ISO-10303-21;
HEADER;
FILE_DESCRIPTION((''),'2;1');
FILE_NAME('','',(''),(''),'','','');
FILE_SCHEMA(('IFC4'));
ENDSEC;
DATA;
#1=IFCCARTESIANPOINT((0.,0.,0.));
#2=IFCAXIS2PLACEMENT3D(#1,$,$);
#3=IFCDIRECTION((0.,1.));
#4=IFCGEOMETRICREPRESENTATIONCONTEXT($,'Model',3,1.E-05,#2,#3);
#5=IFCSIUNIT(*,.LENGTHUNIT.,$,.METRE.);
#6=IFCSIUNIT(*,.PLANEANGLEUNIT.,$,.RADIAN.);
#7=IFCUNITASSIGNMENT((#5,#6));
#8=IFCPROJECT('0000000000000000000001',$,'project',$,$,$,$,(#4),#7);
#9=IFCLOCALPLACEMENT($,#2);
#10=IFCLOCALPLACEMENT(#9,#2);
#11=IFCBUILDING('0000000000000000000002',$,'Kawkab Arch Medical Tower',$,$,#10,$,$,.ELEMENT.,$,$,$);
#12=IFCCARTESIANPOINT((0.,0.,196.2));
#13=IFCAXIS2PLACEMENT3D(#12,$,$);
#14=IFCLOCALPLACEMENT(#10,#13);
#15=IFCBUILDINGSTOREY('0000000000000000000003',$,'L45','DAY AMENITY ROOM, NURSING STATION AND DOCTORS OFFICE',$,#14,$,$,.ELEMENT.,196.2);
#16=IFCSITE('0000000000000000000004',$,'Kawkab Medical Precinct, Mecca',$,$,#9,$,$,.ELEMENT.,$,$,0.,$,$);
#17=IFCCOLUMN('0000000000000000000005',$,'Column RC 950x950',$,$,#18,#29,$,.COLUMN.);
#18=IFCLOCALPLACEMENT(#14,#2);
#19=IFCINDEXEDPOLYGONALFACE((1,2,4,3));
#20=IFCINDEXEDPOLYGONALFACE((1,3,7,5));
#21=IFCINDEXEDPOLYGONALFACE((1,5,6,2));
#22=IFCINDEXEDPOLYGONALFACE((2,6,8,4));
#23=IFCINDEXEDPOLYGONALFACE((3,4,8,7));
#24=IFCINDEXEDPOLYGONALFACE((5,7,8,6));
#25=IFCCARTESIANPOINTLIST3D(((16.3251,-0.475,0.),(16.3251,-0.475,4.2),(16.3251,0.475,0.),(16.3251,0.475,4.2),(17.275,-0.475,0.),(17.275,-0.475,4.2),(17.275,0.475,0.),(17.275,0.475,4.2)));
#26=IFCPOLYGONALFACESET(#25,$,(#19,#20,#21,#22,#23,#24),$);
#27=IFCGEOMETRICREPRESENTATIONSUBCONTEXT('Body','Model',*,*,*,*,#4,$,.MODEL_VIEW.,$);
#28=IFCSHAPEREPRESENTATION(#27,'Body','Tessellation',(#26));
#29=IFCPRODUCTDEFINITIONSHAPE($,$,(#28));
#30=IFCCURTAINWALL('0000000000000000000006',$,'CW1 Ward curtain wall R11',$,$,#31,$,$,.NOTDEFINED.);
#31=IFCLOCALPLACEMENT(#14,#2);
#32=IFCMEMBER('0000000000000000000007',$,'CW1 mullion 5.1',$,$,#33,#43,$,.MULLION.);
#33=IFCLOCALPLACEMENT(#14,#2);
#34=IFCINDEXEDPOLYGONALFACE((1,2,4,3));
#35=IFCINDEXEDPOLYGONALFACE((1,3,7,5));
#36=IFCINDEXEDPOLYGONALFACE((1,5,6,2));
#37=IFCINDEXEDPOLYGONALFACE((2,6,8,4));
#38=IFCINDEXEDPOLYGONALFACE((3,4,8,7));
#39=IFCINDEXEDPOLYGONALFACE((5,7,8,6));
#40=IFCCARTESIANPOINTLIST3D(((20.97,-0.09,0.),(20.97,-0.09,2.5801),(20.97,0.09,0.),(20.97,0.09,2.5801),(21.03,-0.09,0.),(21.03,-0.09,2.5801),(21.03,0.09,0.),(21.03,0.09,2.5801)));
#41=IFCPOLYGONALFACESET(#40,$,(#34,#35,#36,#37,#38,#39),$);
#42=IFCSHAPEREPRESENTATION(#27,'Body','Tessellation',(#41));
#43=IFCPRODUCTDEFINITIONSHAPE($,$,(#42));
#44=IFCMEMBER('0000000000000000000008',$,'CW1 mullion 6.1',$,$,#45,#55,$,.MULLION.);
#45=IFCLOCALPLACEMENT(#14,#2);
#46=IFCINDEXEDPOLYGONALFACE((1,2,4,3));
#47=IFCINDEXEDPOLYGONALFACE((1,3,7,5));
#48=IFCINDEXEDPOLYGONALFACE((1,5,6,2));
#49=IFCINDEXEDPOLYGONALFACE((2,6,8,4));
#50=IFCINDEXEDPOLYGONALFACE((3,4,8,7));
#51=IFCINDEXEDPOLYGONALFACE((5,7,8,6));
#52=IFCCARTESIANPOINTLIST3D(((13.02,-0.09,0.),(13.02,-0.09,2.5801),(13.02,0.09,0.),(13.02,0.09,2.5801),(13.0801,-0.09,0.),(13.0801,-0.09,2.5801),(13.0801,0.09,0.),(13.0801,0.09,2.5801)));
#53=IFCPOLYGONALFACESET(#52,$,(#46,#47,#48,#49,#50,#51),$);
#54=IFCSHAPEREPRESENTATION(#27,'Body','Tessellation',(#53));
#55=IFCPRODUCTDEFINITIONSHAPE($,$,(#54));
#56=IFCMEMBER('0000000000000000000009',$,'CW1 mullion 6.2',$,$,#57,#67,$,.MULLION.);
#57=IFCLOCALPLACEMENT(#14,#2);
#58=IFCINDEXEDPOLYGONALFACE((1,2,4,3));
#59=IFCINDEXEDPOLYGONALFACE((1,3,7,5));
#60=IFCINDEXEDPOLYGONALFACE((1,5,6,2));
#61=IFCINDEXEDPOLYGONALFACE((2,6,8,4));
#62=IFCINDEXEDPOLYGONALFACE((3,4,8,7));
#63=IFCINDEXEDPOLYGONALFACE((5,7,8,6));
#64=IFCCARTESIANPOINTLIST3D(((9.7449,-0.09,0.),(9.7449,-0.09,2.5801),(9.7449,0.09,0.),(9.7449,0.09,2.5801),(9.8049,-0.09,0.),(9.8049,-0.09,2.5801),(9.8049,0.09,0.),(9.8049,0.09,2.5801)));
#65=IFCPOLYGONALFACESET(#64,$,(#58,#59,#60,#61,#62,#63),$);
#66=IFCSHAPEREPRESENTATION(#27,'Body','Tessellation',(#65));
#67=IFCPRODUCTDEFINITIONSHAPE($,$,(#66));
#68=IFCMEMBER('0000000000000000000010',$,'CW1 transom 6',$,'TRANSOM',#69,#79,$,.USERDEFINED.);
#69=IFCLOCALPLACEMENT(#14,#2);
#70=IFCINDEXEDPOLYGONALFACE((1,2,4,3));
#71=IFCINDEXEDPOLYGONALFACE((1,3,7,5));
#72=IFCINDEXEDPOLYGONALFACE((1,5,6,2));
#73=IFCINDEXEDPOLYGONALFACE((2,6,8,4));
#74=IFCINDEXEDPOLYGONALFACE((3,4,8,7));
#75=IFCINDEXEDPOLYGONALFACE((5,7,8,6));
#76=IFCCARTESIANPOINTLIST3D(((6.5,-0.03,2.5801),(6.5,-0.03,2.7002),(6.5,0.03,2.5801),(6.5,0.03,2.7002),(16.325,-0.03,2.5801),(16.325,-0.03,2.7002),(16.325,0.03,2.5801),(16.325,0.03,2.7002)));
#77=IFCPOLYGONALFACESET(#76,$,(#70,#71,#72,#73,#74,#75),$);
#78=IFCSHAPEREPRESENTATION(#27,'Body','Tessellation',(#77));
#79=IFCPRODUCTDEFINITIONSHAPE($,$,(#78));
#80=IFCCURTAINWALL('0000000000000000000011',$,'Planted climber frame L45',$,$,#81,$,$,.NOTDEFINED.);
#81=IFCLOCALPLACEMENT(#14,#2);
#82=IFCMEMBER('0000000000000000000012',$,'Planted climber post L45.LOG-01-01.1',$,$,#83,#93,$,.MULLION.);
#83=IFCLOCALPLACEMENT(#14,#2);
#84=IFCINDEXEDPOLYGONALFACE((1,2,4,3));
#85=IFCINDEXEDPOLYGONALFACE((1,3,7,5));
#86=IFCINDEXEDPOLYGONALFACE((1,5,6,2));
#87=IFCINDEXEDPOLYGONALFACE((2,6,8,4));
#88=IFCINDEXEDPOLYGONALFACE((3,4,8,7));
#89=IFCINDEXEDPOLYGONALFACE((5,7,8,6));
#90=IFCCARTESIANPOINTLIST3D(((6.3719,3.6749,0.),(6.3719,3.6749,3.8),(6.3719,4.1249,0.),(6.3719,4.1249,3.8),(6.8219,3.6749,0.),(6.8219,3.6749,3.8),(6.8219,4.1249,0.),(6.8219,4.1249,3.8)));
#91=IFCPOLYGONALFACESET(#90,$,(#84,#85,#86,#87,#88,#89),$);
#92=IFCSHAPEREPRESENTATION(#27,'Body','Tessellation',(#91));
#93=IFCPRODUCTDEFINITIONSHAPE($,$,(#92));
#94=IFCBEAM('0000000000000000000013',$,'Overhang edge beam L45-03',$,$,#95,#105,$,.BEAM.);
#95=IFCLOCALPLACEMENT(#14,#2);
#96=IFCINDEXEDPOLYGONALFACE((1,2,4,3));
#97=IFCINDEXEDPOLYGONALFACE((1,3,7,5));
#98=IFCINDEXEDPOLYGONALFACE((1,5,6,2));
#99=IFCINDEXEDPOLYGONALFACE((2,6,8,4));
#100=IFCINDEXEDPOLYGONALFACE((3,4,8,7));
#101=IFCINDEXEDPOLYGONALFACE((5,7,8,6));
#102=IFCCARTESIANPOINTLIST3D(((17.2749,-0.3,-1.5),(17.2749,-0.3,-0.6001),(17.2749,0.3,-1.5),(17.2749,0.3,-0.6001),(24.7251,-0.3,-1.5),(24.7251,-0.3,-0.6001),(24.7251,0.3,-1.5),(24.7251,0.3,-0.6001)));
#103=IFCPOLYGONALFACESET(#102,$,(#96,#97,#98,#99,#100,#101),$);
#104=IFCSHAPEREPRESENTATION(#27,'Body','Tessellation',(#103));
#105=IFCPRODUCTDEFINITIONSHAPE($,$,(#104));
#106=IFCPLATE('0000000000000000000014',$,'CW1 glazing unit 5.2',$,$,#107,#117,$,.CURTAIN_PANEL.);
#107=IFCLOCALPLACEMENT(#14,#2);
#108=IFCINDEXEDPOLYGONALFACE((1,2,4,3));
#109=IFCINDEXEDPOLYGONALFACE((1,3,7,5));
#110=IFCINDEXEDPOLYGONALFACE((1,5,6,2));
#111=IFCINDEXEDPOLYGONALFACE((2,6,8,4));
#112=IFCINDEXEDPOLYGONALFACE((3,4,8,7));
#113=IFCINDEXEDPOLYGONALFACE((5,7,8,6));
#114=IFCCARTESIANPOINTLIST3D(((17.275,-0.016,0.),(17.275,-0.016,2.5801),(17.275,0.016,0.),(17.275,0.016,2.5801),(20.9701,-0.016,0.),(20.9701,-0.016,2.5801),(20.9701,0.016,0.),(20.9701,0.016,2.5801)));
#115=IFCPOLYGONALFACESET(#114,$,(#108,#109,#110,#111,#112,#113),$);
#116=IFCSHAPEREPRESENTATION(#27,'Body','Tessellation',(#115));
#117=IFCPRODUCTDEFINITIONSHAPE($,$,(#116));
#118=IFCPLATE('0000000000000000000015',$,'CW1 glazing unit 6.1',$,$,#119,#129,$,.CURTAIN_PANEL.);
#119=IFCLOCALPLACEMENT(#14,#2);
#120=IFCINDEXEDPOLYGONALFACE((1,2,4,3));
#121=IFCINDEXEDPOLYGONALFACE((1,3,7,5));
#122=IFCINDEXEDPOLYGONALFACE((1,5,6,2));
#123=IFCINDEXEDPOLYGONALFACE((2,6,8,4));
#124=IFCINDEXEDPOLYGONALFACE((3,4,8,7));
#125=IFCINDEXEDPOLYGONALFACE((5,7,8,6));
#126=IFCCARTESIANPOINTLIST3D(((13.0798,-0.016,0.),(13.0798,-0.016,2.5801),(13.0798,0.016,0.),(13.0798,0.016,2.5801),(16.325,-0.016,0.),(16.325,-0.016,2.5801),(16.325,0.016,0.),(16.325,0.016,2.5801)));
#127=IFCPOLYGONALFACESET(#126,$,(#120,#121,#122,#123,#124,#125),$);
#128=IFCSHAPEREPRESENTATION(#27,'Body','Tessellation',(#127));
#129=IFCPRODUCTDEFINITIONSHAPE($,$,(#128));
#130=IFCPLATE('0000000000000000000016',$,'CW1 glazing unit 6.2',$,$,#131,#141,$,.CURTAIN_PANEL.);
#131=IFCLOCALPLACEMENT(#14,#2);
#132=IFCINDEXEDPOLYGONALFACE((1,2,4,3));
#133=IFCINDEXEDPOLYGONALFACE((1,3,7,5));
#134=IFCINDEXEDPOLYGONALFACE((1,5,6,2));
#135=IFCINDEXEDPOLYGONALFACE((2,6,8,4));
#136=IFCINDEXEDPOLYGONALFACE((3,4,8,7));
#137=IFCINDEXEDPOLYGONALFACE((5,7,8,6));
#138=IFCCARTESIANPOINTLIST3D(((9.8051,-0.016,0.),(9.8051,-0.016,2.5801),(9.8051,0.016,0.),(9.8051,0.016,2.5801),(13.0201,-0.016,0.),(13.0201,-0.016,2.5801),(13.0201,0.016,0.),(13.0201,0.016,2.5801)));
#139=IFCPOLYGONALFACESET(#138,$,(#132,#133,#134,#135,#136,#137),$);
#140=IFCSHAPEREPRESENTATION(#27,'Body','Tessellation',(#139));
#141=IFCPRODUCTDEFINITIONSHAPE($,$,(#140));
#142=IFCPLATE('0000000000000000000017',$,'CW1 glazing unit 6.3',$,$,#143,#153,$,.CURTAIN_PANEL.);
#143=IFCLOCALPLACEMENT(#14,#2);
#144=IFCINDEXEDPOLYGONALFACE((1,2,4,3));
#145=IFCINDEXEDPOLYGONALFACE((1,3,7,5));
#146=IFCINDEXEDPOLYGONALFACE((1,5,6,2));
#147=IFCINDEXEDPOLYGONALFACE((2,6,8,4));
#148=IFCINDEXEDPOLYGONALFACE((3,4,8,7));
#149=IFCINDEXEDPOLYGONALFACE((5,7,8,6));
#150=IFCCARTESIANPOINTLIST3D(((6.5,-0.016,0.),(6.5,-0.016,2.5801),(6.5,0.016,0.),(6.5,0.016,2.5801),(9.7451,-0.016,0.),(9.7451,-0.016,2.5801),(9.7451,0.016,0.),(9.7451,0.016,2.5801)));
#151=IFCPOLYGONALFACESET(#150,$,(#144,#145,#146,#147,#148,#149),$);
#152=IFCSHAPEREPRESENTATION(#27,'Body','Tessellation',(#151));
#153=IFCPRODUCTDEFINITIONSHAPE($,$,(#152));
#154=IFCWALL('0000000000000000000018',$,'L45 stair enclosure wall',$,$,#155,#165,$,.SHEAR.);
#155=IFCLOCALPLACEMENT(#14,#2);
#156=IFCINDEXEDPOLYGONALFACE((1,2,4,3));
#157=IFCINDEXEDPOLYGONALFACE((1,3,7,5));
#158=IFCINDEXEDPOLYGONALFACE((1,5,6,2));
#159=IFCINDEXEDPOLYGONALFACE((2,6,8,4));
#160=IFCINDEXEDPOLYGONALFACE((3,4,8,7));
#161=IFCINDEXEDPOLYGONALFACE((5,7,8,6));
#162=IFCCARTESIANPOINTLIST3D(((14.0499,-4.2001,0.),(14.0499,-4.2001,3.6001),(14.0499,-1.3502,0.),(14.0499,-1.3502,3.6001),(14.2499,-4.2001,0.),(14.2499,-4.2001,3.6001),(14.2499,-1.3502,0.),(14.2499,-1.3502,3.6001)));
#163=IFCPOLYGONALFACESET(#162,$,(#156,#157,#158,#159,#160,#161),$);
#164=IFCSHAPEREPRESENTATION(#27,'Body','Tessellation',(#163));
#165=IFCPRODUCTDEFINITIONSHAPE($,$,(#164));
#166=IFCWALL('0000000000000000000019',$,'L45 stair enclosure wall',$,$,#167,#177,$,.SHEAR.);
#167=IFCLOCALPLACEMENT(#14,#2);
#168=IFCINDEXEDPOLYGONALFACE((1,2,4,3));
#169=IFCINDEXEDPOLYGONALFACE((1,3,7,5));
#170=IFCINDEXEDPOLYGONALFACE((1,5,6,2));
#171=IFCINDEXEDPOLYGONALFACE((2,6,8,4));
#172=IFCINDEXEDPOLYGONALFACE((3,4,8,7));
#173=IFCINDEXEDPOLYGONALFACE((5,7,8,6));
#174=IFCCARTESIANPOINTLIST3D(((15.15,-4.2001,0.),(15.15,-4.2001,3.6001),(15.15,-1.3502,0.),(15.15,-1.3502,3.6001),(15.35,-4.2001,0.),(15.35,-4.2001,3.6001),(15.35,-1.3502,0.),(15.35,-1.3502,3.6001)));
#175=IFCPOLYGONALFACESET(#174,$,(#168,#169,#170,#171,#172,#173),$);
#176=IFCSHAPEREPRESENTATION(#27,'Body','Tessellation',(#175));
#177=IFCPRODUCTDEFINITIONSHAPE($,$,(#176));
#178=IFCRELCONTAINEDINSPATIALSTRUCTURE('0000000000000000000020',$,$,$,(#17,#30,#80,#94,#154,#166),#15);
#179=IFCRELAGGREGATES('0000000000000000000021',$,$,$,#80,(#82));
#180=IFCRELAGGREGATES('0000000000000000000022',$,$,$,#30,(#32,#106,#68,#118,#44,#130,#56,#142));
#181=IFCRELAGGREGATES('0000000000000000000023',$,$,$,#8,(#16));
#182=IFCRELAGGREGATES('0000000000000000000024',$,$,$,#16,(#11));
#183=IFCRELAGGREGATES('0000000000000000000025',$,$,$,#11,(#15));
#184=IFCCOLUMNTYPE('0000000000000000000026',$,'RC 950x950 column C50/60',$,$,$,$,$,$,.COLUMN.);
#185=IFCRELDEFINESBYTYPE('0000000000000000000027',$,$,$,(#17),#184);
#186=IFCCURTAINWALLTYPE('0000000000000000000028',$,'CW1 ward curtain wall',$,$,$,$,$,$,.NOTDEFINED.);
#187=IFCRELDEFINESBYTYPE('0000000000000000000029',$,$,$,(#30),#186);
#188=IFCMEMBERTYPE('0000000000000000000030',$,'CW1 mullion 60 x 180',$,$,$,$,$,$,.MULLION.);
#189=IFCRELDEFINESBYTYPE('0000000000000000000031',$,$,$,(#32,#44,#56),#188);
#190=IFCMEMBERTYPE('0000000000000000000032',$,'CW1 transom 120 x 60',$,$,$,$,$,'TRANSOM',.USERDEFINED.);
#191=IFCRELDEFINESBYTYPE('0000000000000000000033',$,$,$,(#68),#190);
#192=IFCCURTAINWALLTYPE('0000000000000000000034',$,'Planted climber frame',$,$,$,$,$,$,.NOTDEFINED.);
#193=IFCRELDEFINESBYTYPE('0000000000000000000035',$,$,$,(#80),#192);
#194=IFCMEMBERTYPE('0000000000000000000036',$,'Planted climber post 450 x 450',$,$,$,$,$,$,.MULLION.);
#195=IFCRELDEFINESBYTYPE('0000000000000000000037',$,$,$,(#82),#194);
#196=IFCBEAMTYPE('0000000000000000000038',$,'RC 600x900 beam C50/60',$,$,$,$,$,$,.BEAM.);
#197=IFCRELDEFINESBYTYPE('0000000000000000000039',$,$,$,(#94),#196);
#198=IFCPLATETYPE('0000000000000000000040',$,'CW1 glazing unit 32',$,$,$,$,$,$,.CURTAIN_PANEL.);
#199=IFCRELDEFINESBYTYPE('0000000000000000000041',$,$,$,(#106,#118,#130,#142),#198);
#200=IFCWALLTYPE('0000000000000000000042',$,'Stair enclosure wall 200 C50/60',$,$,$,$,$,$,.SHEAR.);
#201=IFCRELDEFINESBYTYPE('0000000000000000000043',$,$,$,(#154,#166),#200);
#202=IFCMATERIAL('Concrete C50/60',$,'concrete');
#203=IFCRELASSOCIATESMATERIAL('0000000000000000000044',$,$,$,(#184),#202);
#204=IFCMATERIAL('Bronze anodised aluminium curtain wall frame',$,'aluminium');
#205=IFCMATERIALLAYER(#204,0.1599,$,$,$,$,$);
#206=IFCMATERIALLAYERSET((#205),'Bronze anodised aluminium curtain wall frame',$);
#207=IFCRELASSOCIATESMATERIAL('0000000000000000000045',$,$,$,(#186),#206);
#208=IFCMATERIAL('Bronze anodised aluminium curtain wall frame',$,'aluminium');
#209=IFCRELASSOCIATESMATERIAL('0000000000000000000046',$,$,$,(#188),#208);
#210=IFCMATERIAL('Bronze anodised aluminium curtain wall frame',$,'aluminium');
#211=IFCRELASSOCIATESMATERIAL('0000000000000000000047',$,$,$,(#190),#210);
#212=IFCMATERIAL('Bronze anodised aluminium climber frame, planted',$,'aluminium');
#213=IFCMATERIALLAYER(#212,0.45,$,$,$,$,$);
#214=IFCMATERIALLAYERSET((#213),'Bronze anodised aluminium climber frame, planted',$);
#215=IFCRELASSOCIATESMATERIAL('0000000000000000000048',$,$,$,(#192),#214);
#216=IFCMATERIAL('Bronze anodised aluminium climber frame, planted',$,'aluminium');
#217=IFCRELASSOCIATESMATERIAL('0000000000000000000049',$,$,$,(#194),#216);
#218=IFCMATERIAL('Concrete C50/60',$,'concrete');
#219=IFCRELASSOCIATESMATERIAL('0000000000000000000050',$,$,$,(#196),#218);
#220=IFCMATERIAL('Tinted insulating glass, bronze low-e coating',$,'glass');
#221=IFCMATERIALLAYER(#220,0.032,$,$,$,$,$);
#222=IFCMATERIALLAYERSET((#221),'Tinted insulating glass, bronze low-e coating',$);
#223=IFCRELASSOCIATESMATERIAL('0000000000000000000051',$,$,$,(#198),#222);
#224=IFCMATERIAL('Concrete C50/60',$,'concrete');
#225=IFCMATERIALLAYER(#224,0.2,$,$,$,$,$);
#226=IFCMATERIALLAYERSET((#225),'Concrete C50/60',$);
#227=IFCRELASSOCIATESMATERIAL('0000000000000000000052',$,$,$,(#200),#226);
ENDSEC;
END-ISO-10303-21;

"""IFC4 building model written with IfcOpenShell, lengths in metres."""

from ifc_helpers import new_model, si_unit, direction, frame, frame_2d, origin, origin_2d, place, context, subcontext, project, spatial, rectangle, extrude, material, layer, layer_set, material_profile, profile_set, type_object, element, aggregate, save


model = new_model("IFC4")

# Units and contexts
model_context = context("Model", 3, precision=1e-05, world=origin(), true_north=direction((0.0, 1.0)))
body_context = subcontext(model_context, "Body", "Model", "MODEL_VIEW")
ifc_project = project(units=[si_unit("LENGTHUNIT", "METRE"), si_unit("PLANEANGLEUNIT", "RADIAN")], contexts=[model_context])

# Site, building, storey
site_placement = place(None, origin())
site = spatial("IfcSite", under=ifc_project, at=site_placement, Name="Kawkab Medical Precinct, Mecca", CompositionType="ELEMENT", RefElevation=0.0)
building_placement = place(site_placement, origin())
building = spatial("IfcBuilding", under=site, at=building_placement, Name="Kawkab Arch Medical Tower", CompositionType="ELEMENT")
storey_placement = place(building_placement, frame((0.0, 0.0, 196.2)))
storey = spatial("IfcBuildingStorey", under=building, at=storey_placement, Name="L45", Description="DAY AMENITY ROOM, NURSING STATION AND DOCTORS OFFICE", CompositionType="ELEMENT", Elevation=196.2)

# Column
ifc_material_1 = material(Name="Concrete C50/60", Category="concrete")
ifc_material_profile_1 = material_profile(ifc_material_1, rectangle(XDim=0.95, YDim=0.95, at=origin_2d()), Name="RC 950x950")
ifc_profile_set_1 = profile_set([ifc_material_profile_1], Name="Concrete C50/60")
column_type = type_object("IfcColumnType", Name="RC 950x950 column C50/60", PredefinedType="COLUMN", material=ifc_profile_set_1)
column_placement = place(storey_placement, frame((16.8, 0.0, 0.0), z_axis=(0.0, 0.0, 1.0), x_axis=(1.0, 0.0, 0.0)))
element("IfcColumn", 1, at=column_placement, inside=storey, type_object=column_type, Name="Column RC 950x950", PredefinedType="COLUMN", context=body_context, shape_type="SweptSolid", body=[
    extrude(rectangle(XDim=0.95, YDim=0.95, at=origin_2d()), origin(), (0.0, 0.0, 1.0), 4.2),
])

# Curtain wall, members
ifc_material_2 = material(Name="Bronze anodised aluminium curtain wall frame", Category="aluminium")
ifc_layer_1 = layer(ifc_material_2, 0.1599)
ifc_layer_set_1 = layer_set([ifc_layer_1], Name="Bronze anodised aluminium curtain wall frame")
curtain_wall_type_1 = type_object("IfcCurtainWallType", Name="CW1 ward curtain wall", PredefinedType="NOTDEFINED", material=ifc_layer_set_1)
placement = place(storey_placement, origin())
curtain_wall_1 = element("IfcCurtainWall", 2, at=placement, inside=storey, type_object=curtain_wall_type_1, Name="CW1 Ward curtain wall R11", PredefinedType="NOTDEFINED")
ifc_material_3 = material(Name="Bronze anodised aluminium curtain wall frame", Category="aluminium")
ifc_material_profile_2 = material_profile(ifc_material_3, rectangle(XDim=0.1799, YDim=0.0601, at=origin_2d()), Name="AL 60x180")
ifc_profile_set_2 = profile_set([ifc_material_profile_2], Name="Bronze anodised aluminium curtain wall frame")
member_type_1 = type_object("IfcMemberType", Name="CW1 mullion 60 x 180", PredefinedType="MULLION", material=ifc_profile_set_2)
member_1_placement = place(storey_placement, frame((21.0, 0.0, 0.0), z_axis=(0.0, 0.0, 1.0), x_axis=(0.0, -1.0, 0.0)))
member_1 = element("IfcMember", 3, at=member_1_placement, type_object=member_type_1, Name="CW1 mullion 5.1", PredefinedType="MULLION", context=body_context, shape_type="SweptSolid", body=[
    extrude(rectangle(XDim=0.1799, YDim=0.0601, at=origin_2d()), origin(), (0.0, 0.0, 1.0), 2.5801),
])
member_2_placement = place(storey_placement, frame((13.05, 0.0, 0.0), z_axis=(0.0, 0.0, 1.0), x_axis=(0.0, -1.0, 0.0)))
member_2 = element("IfcMember", 4, at=member_2_placement, type_object=member_type_1, Name="CW1 mullion 6.1", PredefinedType="MULLION", context=body_context, shape_type="SweptSolid", body=[
    extrude(rectangle(XDim=0.1799, YDim=0.0601, at=origin_2d()), origin(), (0.0, 0.0, 1.0), 2.5801),
])
member_3_placement = place(storey_placement, frame((9.7749, 0.0, 0.0), z_axis=(0.0, 0.0, 1.0), x_axis=(0.0, -1.0, 0.0)))
member_3 = element("IfcMember", 5, at=member_3_placement, type_object=member_type_1, Name="CW1 mullion 6.2", PredefinedType="MULLION", context=body_context, shape_type="SweptSolid", body=[
    extrude(rectangle(XDim=0.1799, YDim=0.0601, at=origin_2d()), origin(), (0.0, 0.0, 1.0), 2.5801),
])
ifc_material_4 = material(Name="Bronze anodised aluminium curtain wall frame", Category="aluminium")
ifc_material_profile_3 = material_profile(ifc_material_4, rectangle(XDim=0.0601, YDim=0.1201, at=origin_2d()), Name="AL 60x120")
ifc_profile_set_3 = profile_set([ifc_material_profile_3], Name="Bronze anodised aluminium curtain wall frame")
member_type_2 = type_object("IfcMemberType", Name="CW1 transom 120 x 60", ElementType="TRANSOM", PredefinedType="USERDEFINED", material=ifc_profile_set_3)
member_4_placement = place(storey_placement, frame((16.325, 0.0, 2.6401), z_axis=(-1.0, 0.0, 0.0), x_axis=(0.0, -1.0, 0.0)))
member_4 = element("IfcMember", 6, at=member_4_placement, type_object=member_type_2, Name="CW1 transom 6", ObjectType="TRANSOM", PredefinedType="USERDEFINED", context=body_context, shape_type="SweptSolid", body=[
    extrude(rectangle(XDim=0.0601, YDim=0.1201, at=origin_2d()), origin(), (0.0, 0.0, 1.0), 9.825),
])

# Curtain wall, member
ifc_material_5 = material(Name="Bronze anodised aluminium climber frame, planted", Category="aluminium")
ifc_layer_2 = layer(ifc_material_5, 0.45)
ifc_layer_set_2 = layer_set([ifc_layer_2], Name="Bronze anodised aluminium climber frame, planted")
curtain_wall_type_2 = type_object("IfcCurtainWallType", Name="Planted climber frame", PredefinedType="NOTDEFINED", material=ifc_layer_set_2)
curtain_wall_2 = element("IfcCurtainWall", 7, at=placement, inside=storey, type_object=curtain_wall_type_2, Name="Planted climber frame L45", PredefinedType="NOTDEFINED")
ifc_material_6 = material(Name="Bronze anodised aluminium climber frame, planted", Category="aluminium")
ifc_material_profile_4 = material_profile(ifc_material_6, rectangle(XDim=0.45, YDim=0.45, at=origin_2d()), Name="Post 450x450")
ifc_profile_set_4 = profile_set([ifc_material_profile_4], Name="Bronze anodised aluminium climber frame, planted")
member_type_3 = type_object("IfcMemberType", Name="Planted climber post 450 x 450", PredefinedType="MULLION", material=ifc_profile_set_4)
member_5_placement = place(storey_placement, frame((6.5969, 3.8999, 0.0), z_axis=(0.0, 0.0, 1.0), x_axis=(1.0, 0.0, 0.0)))
member_5 = element("IfcMember", 8, at=member_5_placement, type_object=member_type_3, Name="Planted climber post L45.LOG-01-01.1", PredefinedType="MULLION", context=body_context, shape_type="SweptSolid", body=[
    extrude(rectangle(XDim=0.45, YDim=0.45, at=origin_2d()), origin(), (0.0, 0.0, 1.0), 3.8),
])
aggregate(curtain_wall_2, [member_5])

# Beam
ifc_material_7 = material(Name="Concrete C50/60", Category="concrete")
ifc_material_profile_5 = material_profile(ifc_material_7, rectangle(XDim=0.6001, YDim=0.8999, at=origin_2d()), Name="RC 600x900")
ifc_profile_set_5 = profile_set([ifc_material_profile_5], Name="Concrete C50/60")
beam_type = type_object("IfcBeamType", Name="RC 600x900 beam C50/60", PredefinedType="BEAM", material=ifc_profile_set_5)
beam_placement = place(storey_placement, frame((17.2749, 0.0, -1.05), z_axis=(1.0, 0.0, 0.0), x_axis=(0.0, 1.0, 0.0)))
element("IfcBeam", 9, at=beam_placement, inside=storey, type_object=beam_type, Name="Overhang edge beam L45-03", PredefinedType="BEAM", context=body_context, shape_type="SweptSolid", body=[
    extrude(rectangle(XDim=0.6001, YDim=0.8999, at=origin_2d()), origin(), (0.0, 0.0, 1.0), 7.4502),
])

# Plates
ifc_material_8 = material(Name="Tinted insulating glass, bronze low-e coating", Category="glass")
ifc_layer_3 = layer(ifc_material_8, 0.032)
ifc_layer_set_3 = layer_set([ifc_layer_3], Name="Tinted insulating glass, bronze low-e coating")
plate_type = type_object("IfcPlateType", Name="CW1 glazing unit 32", PredefinedType="CURTAIN_PANEL", material=ifc_layer_set_3)
plate_1_placement = place(storey_placement, frame((19.1226, 0.0, 0.0), z_axis=(0.0, 0.0, 1.0), x_axis=(-1.0, 0.0, 0.0)))
plate_1 = element("IfcPlate", 10, at=plate_1_placement, type_object=plate_type, Name="CW1 glazing unit 5.2", PredefinedType="CURTAIN_PANEL", context=body_context, shape_type="SweptSolid", body=[
    extrude(rectangle(XDim=3.6951, YDim=0.032, at=origin_2d()), origin(), (0.0, 0.0, 1.0), 2.5801),
])
plate_2_placement = place(storey_placement, frame((14.7024, 0.0, 0.0), z_axis=(0.0, 0.0, 1.0), x_axis=(-1.0, 0.0, 0.0)))
plate_2 = element("IfcPlate", 11, at=plate_2_placement, type_object=plate_type, Name="CW1 glazing unit 6.1", PredefinedType="CURTAIN_PANEL", context=body_context, shape_type="SweptSolid", body=[
    extrude(rectangle(XDim=3.2451, YDim=0.032, at=origin_2d()), origin(), (0.0, 0.0, 1.0), 2.5801),
])
plate_3_placement = place(storey_placement, frame((11.4126, 0.0, 0.0), z_axis=(0.0, 0.0, 1.0), x_axis=(-1.0, 0.0, 0.0)))
plate_3 = element("IfcPlate", 12, at=plate_3_placement, type_object=plate_type, Name="CW1 glazing unit 6.2", PredefinedType="CURTAIN_PANEL", context=body_context, shape_type="SweptSolid", body=[
    extrude(rectangle(XDim=3.2151, YDim=0.032, at=origin_2d()), origin(), (0.0, 0.0, 1.0), 2.5801),
])
plate_4_placement = place(storey_placement, frame((8.1226, 0.0, 0.0), z_axis=(0.0, 0.0, 1.0), x_axis=(-1.0, 0.0, 0.0)))
plate_4 = element("IfcPlate", 13, at=plate_4_placement, type_object=plate_type, Name="CW1 glazing unit 6.3", PredefinedType="CURTAIN_PANEL", context=body_context, shape_type="SweptSolid", body=[
    extrude(rectangle(XDim=3.2451, YDim=0.032, at=origin_2d()), origin(), (0.0, 0.0, 1.0), 2.5801),
])
aggregate(curtain_wall_1, [member_1, plate_1, member_4, plate_2, member_2, plate_3, member_3, plate_4])

# Walls
ifc_material_9 = material(Name="Concrete C50/60", Category="concrete")
ifc_layer_4 = layer(ifc_material_9, 0.2)
ifc_layer_set_4 = layer_set([ifc_layer_4], Name="Concrete C50/60")
wall_type_1 = type_object("IfcWallType", Name="Stair enclosure wall 200 C50/60", PredefinedType="SHEAR", material=ifc_layer_set_4)
for number, where, z_axis, x_axis, name in (
    (14, (14.1499, -4.2, 0.0), (0.0, 0.0, 1.0), (0.0, 1.0, 0.0), "L45 stair enclosure wall"),
    (15, (15.25, -4.2, 0.0), (0.0, 0.0, 1.0), (0.0, 1.0, 0.0), "L45 stair enclosure wall"),
):
    element("IfcWall", number, at=place(storey_placement, frame(where, z_axis=z_axis, x_axis=x_axis)), inside=storey, type_object=wall_type_1, Name=name, PredefinedType="SHEAR", context=body_context, shape_type="SweptSolid", body=[
        extrude(rectangle(XDim=2.8499, YDim=0.2, at=frame_2d((1.4248, 0.0))), origin(), (0.0, 0.0, 1.0), 3.6001),
    ])

save(model, "model.ifc")
